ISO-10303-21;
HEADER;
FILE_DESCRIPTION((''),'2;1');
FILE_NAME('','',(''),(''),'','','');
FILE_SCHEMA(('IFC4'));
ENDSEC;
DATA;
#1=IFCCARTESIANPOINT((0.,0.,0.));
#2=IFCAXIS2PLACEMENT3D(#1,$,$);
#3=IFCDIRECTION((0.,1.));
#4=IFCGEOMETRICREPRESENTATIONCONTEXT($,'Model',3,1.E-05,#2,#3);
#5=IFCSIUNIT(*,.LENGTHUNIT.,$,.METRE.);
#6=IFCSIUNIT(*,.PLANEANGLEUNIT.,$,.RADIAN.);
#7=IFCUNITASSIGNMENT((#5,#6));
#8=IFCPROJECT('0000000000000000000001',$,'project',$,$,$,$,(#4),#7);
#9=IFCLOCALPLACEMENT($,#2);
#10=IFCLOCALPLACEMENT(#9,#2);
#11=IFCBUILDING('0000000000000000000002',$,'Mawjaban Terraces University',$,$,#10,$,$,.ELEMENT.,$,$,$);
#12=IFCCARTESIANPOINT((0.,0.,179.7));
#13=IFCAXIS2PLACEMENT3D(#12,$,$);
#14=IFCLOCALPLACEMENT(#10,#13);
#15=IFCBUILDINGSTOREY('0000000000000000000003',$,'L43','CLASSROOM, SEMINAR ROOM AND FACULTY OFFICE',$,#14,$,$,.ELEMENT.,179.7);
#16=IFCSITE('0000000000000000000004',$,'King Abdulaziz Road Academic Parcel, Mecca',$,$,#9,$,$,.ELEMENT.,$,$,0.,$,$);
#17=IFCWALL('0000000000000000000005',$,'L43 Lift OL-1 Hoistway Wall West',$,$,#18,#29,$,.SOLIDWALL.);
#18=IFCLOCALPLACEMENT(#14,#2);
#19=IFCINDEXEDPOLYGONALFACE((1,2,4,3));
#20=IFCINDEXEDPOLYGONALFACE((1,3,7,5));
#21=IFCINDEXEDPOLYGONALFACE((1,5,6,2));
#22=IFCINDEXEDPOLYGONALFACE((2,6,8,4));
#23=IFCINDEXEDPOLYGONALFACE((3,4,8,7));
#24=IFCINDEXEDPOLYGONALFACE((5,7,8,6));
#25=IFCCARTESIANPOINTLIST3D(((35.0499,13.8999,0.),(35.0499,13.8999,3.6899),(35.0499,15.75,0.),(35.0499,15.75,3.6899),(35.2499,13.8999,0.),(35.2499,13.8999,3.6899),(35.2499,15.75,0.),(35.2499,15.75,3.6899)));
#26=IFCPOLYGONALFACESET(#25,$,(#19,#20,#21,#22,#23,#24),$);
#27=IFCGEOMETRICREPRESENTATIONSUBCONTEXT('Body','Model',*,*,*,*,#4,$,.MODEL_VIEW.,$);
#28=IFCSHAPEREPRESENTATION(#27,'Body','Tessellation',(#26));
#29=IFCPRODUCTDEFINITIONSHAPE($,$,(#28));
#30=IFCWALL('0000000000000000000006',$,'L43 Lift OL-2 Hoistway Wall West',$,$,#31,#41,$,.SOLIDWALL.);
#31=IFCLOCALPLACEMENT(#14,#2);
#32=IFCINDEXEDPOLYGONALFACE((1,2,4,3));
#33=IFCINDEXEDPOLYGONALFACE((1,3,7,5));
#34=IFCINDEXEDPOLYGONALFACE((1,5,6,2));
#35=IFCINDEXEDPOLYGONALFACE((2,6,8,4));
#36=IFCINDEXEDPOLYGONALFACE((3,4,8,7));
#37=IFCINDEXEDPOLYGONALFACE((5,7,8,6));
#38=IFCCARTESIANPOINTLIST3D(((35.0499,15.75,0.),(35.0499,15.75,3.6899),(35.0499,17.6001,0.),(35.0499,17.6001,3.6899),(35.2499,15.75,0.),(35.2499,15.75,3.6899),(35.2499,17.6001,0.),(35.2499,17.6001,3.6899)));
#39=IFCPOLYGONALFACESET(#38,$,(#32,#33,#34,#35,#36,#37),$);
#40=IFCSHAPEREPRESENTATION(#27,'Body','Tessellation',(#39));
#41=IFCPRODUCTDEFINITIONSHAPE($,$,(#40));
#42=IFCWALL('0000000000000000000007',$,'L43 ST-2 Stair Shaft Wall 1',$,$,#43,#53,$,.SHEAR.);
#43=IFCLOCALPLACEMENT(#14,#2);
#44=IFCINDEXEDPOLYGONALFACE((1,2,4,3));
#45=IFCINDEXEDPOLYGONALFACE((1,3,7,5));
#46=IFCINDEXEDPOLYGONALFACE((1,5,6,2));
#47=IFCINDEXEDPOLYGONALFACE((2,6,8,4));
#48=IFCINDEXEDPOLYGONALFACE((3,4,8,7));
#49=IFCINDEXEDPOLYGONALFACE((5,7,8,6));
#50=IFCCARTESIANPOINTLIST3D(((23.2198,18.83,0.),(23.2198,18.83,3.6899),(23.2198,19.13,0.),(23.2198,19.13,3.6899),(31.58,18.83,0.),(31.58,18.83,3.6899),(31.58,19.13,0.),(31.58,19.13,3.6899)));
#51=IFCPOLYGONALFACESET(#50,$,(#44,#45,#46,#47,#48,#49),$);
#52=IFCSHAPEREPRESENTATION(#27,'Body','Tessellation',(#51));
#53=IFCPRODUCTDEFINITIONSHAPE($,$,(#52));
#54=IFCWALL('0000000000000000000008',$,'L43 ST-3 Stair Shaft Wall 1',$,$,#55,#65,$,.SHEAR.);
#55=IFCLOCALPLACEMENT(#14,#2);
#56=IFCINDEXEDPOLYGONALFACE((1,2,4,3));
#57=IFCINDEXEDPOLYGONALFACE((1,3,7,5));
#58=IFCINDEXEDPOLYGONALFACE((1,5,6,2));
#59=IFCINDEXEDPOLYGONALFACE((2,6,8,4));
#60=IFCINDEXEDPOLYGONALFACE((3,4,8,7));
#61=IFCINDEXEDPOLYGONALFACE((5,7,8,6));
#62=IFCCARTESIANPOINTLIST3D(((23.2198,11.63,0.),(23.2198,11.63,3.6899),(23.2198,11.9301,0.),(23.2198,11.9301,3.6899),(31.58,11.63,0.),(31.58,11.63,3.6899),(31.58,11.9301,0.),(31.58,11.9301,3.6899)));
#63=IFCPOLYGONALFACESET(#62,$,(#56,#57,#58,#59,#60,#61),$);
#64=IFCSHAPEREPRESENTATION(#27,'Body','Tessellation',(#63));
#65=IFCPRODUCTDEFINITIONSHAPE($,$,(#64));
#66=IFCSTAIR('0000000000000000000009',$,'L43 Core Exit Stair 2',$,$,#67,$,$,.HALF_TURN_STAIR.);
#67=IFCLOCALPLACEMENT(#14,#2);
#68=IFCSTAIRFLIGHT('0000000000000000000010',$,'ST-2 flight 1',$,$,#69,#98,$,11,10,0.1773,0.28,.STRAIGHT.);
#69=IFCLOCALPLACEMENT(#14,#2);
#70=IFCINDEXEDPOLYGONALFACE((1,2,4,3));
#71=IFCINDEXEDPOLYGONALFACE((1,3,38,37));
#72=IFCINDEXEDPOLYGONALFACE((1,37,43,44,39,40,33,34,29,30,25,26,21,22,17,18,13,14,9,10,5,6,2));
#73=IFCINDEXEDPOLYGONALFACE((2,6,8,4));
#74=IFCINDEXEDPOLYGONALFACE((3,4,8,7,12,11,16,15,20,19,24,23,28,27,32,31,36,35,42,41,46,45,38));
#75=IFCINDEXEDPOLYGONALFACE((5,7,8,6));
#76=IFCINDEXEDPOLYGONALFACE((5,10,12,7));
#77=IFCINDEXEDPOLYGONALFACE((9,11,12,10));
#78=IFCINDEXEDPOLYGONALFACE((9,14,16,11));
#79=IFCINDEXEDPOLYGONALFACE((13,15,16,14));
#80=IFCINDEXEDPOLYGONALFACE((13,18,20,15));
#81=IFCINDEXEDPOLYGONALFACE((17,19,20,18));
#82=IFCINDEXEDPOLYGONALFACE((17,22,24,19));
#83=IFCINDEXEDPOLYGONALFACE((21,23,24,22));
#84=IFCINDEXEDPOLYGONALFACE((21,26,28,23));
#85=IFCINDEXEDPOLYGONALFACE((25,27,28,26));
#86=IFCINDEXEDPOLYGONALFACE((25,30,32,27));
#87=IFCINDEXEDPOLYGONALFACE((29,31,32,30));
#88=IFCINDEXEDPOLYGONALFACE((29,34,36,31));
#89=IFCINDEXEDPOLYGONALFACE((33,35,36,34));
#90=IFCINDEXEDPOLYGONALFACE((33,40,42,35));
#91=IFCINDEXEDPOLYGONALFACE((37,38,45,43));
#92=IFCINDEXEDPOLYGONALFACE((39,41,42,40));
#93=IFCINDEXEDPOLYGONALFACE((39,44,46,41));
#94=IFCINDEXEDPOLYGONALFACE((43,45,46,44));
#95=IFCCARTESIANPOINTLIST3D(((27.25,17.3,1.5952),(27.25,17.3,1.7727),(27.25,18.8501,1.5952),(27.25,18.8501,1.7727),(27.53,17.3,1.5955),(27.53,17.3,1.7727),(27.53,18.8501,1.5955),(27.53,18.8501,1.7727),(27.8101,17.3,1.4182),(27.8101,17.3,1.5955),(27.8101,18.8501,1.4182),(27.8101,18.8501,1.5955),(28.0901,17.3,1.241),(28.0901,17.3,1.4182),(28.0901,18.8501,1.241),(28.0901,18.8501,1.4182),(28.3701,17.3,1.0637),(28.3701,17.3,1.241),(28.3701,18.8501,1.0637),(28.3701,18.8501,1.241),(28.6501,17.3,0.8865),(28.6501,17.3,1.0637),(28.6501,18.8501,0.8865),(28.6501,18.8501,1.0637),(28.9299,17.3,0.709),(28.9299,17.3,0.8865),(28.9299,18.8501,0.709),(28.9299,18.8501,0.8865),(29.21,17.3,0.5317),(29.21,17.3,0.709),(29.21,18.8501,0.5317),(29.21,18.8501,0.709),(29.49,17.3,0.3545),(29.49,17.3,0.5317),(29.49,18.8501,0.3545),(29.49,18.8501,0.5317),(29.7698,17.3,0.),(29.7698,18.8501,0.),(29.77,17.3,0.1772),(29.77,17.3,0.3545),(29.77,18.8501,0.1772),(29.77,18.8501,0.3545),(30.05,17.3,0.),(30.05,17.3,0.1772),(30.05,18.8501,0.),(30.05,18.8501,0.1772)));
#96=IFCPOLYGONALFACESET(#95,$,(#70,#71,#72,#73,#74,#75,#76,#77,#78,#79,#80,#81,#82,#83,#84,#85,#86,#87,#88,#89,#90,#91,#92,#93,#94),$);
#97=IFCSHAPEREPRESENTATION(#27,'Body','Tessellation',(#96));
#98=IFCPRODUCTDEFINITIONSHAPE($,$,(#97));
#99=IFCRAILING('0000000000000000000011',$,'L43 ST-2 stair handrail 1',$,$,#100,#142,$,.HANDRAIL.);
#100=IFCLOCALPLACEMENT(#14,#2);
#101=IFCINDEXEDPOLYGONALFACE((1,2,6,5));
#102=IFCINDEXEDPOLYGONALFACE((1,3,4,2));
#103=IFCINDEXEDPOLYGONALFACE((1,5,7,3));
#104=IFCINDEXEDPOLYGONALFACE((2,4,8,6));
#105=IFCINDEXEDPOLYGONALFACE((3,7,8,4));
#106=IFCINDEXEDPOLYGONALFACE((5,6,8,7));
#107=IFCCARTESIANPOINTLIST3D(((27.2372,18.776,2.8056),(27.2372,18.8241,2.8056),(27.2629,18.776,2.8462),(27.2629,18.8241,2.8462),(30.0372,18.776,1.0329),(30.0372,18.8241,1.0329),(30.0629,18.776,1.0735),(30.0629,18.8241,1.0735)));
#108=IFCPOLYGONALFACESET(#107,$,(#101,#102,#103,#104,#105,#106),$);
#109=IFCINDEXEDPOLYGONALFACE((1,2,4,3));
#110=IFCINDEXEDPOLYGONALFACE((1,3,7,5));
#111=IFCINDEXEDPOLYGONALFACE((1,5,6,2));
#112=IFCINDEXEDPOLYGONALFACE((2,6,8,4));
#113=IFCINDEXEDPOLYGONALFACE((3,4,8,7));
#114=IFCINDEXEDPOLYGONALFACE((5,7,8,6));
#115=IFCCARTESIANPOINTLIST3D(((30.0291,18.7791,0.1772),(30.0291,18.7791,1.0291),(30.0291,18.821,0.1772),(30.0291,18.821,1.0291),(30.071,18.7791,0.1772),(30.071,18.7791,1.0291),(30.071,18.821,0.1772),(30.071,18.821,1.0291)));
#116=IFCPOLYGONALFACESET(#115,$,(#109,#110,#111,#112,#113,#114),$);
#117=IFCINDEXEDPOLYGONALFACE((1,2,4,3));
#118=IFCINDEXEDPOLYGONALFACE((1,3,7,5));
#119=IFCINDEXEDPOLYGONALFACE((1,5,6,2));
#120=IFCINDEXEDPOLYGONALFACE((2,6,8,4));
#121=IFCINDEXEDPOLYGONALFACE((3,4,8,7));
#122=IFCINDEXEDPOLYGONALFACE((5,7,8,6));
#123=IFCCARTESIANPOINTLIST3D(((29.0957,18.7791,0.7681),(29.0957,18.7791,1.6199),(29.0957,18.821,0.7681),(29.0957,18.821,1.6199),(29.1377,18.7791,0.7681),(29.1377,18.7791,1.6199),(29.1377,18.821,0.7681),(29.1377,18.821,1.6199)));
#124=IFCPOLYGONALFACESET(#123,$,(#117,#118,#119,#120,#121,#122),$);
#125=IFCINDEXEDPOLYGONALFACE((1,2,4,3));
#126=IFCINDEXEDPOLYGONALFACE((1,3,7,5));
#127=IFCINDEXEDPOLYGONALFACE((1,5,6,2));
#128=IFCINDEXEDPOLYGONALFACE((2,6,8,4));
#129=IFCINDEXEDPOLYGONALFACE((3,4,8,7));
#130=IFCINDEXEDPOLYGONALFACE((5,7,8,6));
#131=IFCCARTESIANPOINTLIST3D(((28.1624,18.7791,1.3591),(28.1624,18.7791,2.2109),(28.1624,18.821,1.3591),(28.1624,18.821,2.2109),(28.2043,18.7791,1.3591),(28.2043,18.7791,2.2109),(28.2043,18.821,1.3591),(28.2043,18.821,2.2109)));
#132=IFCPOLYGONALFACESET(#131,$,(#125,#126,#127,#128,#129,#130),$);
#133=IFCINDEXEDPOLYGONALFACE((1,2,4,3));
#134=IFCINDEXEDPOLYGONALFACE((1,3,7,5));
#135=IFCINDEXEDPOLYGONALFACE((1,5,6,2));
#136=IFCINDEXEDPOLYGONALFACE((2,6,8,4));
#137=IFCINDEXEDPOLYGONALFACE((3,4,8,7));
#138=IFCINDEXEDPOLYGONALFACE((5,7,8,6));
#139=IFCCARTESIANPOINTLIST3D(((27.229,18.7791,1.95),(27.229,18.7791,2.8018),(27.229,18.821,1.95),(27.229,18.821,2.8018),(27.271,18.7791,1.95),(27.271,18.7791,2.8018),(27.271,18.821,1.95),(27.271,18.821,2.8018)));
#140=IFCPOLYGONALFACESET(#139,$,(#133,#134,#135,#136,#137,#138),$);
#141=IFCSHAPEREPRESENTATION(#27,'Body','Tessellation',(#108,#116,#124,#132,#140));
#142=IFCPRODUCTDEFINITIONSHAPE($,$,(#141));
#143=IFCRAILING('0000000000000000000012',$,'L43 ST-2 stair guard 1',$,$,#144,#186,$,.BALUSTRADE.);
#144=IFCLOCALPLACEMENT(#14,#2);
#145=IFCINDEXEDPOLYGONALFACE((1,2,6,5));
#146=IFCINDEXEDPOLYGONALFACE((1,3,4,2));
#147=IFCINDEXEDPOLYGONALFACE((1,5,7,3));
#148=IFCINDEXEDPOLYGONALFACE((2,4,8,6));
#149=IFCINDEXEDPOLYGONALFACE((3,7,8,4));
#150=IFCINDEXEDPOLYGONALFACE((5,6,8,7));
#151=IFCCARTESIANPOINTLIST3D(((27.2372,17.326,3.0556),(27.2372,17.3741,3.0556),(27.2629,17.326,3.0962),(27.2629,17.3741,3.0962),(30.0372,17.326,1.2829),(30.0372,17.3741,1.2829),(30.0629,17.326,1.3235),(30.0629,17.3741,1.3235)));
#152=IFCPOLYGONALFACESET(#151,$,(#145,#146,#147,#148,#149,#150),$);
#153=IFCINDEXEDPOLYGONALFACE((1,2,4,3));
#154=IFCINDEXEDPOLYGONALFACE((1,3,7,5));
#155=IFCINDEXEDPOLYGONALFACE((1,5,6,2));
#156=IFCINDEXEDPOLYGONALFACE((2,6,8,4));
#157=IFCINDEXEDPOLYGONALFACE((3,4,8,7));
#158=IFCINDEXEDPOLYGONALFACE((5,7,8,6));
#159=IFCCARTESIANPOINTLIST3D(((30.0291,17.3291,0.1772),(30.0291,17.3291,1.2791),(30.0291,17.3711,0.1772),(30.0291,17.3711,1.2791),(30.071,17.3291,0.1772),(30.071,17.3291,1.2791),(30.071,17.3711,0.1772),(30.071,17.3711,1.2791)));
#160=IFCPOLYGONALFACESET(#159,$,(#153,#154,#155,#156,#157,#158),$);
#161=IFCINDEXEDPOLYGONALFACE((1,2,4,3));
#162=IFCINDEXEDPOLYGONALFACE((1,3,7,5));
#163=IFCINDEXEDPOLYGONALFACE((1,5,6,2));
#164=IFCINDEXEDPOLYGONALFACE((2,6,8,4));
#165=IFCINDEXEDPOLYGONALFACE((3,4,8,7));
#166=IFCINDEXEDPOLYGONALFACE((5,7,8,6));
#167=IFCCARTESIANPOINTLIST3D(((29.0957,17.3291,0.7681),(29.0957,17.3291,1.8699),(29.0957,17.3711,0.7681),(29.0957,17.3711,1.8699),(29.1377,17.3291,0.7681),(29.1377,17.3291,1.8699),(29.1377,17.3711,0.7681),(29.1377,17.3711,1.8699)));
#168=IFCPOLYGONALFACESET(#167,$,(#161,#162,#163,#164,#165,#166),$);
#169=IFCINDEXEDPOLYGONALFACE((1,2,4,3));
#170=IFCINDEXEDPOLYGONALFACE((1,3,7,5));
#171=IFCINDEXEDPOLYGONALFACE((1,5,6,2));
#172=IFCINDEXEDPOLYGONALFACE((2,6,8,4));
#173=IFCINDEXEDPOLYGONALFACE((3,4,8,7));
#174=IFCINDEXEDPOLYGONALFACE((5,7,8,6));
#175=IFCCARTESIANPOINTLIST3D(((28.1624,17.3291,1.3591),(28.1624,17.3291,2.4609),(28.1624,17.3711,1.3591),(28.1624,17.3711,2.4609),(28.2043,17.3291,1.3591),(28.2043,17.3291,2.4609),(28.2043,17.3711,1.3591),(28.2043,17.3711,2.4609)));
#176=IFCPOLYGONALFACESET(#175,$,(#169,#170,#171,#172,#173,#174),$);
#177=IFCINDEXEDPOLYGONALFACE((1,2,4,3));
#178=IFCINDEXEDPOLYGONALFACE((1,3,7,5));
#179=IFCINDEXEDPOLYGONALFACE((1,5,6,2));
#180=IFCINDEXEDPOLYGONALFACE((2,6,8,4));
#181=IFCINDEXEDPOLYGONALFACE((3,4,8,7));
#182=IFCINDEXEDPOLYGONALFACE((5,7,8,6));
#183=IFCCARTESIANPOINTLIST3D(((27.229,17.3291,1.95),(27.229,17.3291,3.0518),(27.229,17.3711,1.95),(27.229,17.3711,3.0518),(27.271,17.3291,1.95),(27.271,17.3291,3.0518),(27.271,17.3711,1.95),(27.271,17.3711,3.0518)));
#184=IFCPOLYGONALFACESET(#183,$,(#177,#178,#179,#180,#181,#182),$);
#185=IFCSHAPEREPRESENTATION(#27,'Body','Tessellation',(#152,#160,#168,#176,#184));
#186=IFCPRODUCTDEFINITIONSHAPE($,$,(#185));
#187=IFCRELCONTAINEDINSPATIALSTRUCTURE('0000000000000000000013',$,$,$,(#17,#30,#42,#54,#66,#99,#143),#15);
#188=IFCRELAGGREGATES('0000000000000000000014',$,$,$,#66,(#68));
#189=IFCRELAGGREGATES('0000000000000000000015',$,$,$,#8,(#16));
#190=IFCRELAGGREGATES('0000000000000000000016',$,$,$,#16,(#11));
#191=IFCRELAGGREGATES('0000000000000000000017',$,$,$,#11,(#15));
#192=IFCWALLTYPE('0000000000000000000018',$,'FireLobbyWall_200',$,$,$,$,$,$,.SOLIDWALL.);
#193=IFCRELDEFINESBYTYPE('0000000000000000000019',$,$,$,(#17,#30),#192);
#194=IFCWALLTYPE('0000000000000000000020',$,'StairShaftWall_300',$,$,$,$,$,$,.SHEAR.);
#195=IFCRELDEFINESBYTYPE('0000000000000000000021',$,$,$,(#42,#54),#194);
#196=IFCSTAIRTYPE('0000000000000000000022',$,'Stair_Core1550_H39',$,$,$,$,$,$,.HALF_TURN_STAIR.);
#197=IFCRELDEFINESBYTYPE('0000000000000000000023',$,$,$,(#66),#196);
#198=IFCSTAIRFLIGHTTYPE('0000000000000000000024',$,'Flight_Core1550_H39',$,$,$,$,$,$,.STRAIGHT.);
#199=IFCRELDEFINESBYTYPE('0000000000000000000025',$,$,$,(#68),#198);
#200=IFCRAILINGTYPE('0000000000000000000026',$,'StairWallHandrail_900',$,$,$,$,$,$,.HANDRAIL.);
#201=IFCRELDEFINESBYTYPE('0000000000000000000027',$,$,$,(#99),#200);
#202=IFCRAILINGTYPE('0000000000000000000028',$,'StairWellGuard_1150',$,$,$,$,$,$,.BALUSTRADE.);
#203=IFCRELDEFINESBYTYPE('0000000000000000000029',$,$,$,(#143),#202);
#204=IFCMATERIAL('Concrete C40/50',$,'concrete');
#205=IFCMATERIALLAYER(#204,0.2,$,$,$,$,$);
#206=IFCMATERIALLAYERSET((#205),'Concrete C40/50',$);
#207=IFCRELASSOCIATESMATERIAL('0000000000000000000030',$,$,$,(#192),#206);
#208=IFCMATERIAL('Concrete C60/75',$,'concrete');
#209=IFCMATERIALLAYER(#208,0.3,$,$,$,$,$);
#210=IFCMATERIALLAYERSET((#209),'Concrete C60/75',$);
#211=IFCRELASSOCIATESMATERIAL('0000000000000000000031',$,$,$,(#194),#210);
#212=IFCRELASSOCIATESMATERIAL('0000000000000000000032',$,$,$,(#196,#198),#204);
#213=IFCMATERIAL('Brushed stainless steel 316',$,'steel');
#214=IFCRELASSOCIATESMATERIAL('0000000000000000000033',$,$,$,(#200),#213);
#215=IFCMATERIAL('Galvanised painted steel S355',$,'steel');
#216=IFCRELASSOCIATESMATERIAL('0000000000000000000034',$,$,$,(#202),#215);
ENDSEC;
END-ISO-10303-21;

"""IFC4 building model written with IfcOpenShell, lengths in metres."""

from ifc_helpers import new_model, si_unit, direction, frame, frame_2d, origin, origin_2d, place, context, subcontext, project, spatial, polyline, rectangle, outline, extrude, material, layer, layer_set, type_object, element, aggregate, save


model = new_model("IFC4")

# Units and contexts
model_context = context("Model", 3, precision=1e-05, world=origin(), true_north=direction((0.0, 1.0)))
body_context = subcontext(model_context, "Body", "Model", "MODEL_VIEW")
ifc_project = project(units=[si_unit("LENGTHUNIT", "METRE"), si_unit("PLANEANGLEUNIT", "RADIAN")], contexts=[model_context])

# Site, building, storey
site_placement = place(None, origin())
site = spatial("IfcSite", under=ifc_project, at=site_placement, Name="King Abdulaziz Road Academic Parcel, Mecca", CompositionType="ELEMENT", RefElevation=0.0)
building_placement = place(site_placement, origin())
building = spatial("IfcBuilding", under=site, at=building_placement, Name="Mawjaban Terraces University", CompositionType="ELEMENT")
storey_placement = place(building_placement, frame((0.0, 0.0, 179.7)))
storey = spatial("IfcBuildingStorey", under=building, at=storey_placement, Name="L43", Description="CLASSROOM, SEMINAR ROOM AND FACULTY OFFICE", CompositionType="ELEMENT", Elevation=179.7)

# Shared definitions
ifc_material_1 = material(Name="Concrete C40/50", Category="concrete")
ifc_layer_1 = layer(ifc_material_1, 0.2)
ifc_layer_set_1 = layer_set([ifc_layer_1], Name="Concrete C40/50")
wall_type_1 = type_object("IfcWallType", Name="FireLobbyWall_200", PredefinedType="SOLIDWALL", material=ifc_layer_set_1)

# Walls
for number, where, z_axis, x_axis, name in (
    (1, (35.1499, 15.75, 0.0), (0.0, 0.0, 1.0), (0.0, -1.0, 0.0), "L43 Lift OL-1 Hoistway Wall West"),
    (2, (35.1499, 17.6001, 0.0), (0.0, 0.0, 1.0), (0.0, -1.0, 0.0), "L43 Lift OL-2 Hoistway Wall West"),
):
    element("IfcWall", number, at=place(storey_placement, frame(where, z_axis=z_axis, x_axis=x_axis)), inside=storey, type_object=wall_type_1, Name=name, PredefinedType="SOLIDWALL", context=body_context, shape_type="SweptSolid", body=[
        extrude(rectangle(XDim=1.8501, YDim=0.2, at=frame_2d((0.925, 0.0))), origin(), (0.0, 0.0, 1.0), 3.6899),
    ])
ifc_material_2 = material(Name="Concrete C60/75", Category="concrete")
ifc_layer_2 = layer(ifc_material_2, 0.3)
ifc_layer_set_2 = layer_set([ifc_layer_2], Name="Concrete C60/75")
wall_type_2 = type_object("IfcWallType", Name="StairShaftWall_300", PredefinedType="SHEAR", material=ifc_layer_set_2)
wall_1_placement = place(storey_placement, frame((31.5801, 18.98, 0.0), z_axis=(0.0, 0.0, 1.0), x_axis=(-1.0, 0.0, 0.0)))
element("IfcWall", 3, at=wall_1_placement, inside=storey, type_object=wall_type_2, Name="L43 ST-2 Stair Shaft Wall 1", PredefinedType="SHEAR", context=body_context, shape_type="SweptSolid", body=[
    extrude(rectangle(XDim=8.3601, YDim=0.3, at=frame_2d((4.1802, 0.0))), origin(), (0.0, 0.0, 1.0), 3.6899),
])

# Wall
wall_2_placement = place(storey_placement, frame((31.5801, 11.78, 0.0), z_axis=(0.0, 0.0, 1.0), x_axis=(-1.0, 0.0, 0.0)))
element("IfcWall", 4, at=wall_2_placement, inside=storey, type_object=wall_type_2, Name="L43 ST-3 Stair Shaft Wall 1", PredefinedType="SHEAR", context=body_context, shape_type="SweptSolid", body=[
    extrude(rectangle(XDim=8.3601, YDim=0.3, at=frame_2d((4.1802, 0.0))), origin(), (0.0, 0.0, 1.0), 3.6899),
])

# Stair, stair flight
stair_type = type_object("IfcStairType", Name="Stair_Core1550_H39", PredefinedType="HALF_TURN_STAIR", material=ifc_material_1)
stair_placement = place(storey_placement, origin())
stair = element("IfcStair", 5, at=stair_placement, inside=storey, type_object=stair_type, Name="L43 Core Exit Stair 2", PredefinedType="HALF_TURN_STAIR")
stair_flight_type = type_object("IfcStairFlightType", Name="Flight_Core1550_H39", PredefinedType="STRAIGHT", material=ifc_material_1)
stair_flight_placement = place(storey_placement, frame((30.05, 18.075, 0.0), z_axis=(0.0, 0.0, 1.0), x_axis=(-1.0, 0.0, 0.0)))
stair_flight = element("IfcStairFlight", 6, at=stair_flight_placement, type_object=stair_flight_type, Name="ST-2 flight 1", NumberOfRisers=11, NumberOfTreads=10, PredefinedType="STRAIGHT", RiserHeight=0.1773, TreadLength=0.28, context=body_context, shape_type="SweptSolid", body=[
    extrude(outline(polyline([(0.0, 0.0), (0.0, 0.1772), (0.28, 0.1772), (0.28, 0.3545), (0.5601, 0.3545), (0.5601, 0.5317), (0.8401, 0.5317), (0.8401, 0.709), (1.1201, 0.709), (1.1201, 0.8865), (1.3999, 0.8865), (1.3999, 1.0637), (1.6799, 1.0637), (1.6799, 1.241), (1.96, 1.241), (1.96, 1.4182), (2.24, 1.4182), (2.24, 1.5955), (2.52, 1.5955), (2.52, 1.7727), (2.8, 1.7727), (2.8, 1.95), (2.8, 1.5952), (0.2803, 0.0), (0.0, 0.0)])), frame((0.0, 0.7749, 0.0), z_axis=(0.0, -1.0, 0.0), x_axis=(1.0, 0.0, 0.0)), (0.0, 0.0, 1.0), 1.55),
])
aggregate(stair, [stair_flight])

# Railings
ifc_material_3 = material(Name="Brushed stainless steel 316", Category="steel")
railing_type_1 = type_object("IfcRailingType", Name="StairWallHandrail_900", PredefinedType="HANDRAIL", material=ifc_material_3)
railing_1_placement = place(storey_placement, frame((30.05, 18.8, 0.1772)))
element("IfcRailing", 7, at=railing_1_placement, inside=storey, type_object=railing_type_1, Name="L43 ST-2 stair handrail 1", PredefinedType="HANDRAIL", context=body_context, shape_type="SweptSolid", body=[
    extrude(rectangle(XDim=0.0481, YDim=0.0481, at=origin_2d()), frame((0.0, 0.0, 0.876), z_axis=(-0.844909, 0.0, 0.53491), x_axis=(0.0, -1.0, 0.0)), (0.0, 0.0, 1.0), 3.314),
    extrude(rectangle(XDim=0.042, YDim=0.042, at=origin_2d()), origin(), (0.0, 0.0, 1.0), 0.8518),
    extrude(rectangle(XDim=0.042, YDim=0.042, at=origin_2d()), frame((-0.9333, 0.0, 0.5908)), (0.0, 0.0, 1.0), 0.8518),
    extrude(rectangle(XDim=0.042, YDim=0.042, at=origin_2d()), frame((-1.8667, 0.0, 1.1819)), (0.0, 0.0, 1.0), 0.8518),
    extrude(rectangle(XDim=0.042, YDim=0.042, at=origin_2d()), frame((-2.8, 0.0, 1.7727)), (0.0, 0.0, 1.0), 0.8518),
])
ifc_material_4 = material(Name="Galvanised painted steel S355", Category="steel")
railing_type_2 = type_object("IfcRailingType", Name="StairWellGuard_1150", PredefinedType="BALUSTRADE", material=ifc_material_4)
railing_2_placement = place(storey_placement, frame((30.05, 17.3501, 0.1772)))
element("IfcRailing", 8, at=railing_2_placement, inside=storey, type_object=railing_type_2, Name="L43 ST-2 stair guard 1", PredefinedType="BALUSTRADE", context=body_context, shape_type="SweptSolid", body=[
    extrude(rectangle(XDim=0.0481, YDim=0.0481, at=origin_2d()), frame((0.0, 0.0, 1.126), z_axis=(-0.844909, 0.0, 0.53491), x_axis=(0.0, -1.0, 0.0)), (0.0, 0.0, 1.0), 3.314),
    extrude(rectangle(XDim=0.042, YDim=0.042, at=origin_2d()), origin(), (0.0, 0.0, 1.0), 1.1018),
    extrude(rectangle(XDim=0.042, YDim=0.042, at=origin_2d()), frame((-0.9333, 0.0, 0.5908)), (0.0, 0.0, 1.0), 1.1018),
    extrude(rectangle(XDim=0.042, YDim=0.042, at=origin_2d()), frame((-1.8667, 0.0, 1.1819)), (0.0, 0.0, 1.0), 1.1018),
    extrude(rectangle(XDim=0.042, YDim=0.042, at=origin_2d()), frame((-2.8, 0.0, 1.7727)), (0.0, 0.0, 1.0), 1.1018),
])

save(model, "model.ifc")
